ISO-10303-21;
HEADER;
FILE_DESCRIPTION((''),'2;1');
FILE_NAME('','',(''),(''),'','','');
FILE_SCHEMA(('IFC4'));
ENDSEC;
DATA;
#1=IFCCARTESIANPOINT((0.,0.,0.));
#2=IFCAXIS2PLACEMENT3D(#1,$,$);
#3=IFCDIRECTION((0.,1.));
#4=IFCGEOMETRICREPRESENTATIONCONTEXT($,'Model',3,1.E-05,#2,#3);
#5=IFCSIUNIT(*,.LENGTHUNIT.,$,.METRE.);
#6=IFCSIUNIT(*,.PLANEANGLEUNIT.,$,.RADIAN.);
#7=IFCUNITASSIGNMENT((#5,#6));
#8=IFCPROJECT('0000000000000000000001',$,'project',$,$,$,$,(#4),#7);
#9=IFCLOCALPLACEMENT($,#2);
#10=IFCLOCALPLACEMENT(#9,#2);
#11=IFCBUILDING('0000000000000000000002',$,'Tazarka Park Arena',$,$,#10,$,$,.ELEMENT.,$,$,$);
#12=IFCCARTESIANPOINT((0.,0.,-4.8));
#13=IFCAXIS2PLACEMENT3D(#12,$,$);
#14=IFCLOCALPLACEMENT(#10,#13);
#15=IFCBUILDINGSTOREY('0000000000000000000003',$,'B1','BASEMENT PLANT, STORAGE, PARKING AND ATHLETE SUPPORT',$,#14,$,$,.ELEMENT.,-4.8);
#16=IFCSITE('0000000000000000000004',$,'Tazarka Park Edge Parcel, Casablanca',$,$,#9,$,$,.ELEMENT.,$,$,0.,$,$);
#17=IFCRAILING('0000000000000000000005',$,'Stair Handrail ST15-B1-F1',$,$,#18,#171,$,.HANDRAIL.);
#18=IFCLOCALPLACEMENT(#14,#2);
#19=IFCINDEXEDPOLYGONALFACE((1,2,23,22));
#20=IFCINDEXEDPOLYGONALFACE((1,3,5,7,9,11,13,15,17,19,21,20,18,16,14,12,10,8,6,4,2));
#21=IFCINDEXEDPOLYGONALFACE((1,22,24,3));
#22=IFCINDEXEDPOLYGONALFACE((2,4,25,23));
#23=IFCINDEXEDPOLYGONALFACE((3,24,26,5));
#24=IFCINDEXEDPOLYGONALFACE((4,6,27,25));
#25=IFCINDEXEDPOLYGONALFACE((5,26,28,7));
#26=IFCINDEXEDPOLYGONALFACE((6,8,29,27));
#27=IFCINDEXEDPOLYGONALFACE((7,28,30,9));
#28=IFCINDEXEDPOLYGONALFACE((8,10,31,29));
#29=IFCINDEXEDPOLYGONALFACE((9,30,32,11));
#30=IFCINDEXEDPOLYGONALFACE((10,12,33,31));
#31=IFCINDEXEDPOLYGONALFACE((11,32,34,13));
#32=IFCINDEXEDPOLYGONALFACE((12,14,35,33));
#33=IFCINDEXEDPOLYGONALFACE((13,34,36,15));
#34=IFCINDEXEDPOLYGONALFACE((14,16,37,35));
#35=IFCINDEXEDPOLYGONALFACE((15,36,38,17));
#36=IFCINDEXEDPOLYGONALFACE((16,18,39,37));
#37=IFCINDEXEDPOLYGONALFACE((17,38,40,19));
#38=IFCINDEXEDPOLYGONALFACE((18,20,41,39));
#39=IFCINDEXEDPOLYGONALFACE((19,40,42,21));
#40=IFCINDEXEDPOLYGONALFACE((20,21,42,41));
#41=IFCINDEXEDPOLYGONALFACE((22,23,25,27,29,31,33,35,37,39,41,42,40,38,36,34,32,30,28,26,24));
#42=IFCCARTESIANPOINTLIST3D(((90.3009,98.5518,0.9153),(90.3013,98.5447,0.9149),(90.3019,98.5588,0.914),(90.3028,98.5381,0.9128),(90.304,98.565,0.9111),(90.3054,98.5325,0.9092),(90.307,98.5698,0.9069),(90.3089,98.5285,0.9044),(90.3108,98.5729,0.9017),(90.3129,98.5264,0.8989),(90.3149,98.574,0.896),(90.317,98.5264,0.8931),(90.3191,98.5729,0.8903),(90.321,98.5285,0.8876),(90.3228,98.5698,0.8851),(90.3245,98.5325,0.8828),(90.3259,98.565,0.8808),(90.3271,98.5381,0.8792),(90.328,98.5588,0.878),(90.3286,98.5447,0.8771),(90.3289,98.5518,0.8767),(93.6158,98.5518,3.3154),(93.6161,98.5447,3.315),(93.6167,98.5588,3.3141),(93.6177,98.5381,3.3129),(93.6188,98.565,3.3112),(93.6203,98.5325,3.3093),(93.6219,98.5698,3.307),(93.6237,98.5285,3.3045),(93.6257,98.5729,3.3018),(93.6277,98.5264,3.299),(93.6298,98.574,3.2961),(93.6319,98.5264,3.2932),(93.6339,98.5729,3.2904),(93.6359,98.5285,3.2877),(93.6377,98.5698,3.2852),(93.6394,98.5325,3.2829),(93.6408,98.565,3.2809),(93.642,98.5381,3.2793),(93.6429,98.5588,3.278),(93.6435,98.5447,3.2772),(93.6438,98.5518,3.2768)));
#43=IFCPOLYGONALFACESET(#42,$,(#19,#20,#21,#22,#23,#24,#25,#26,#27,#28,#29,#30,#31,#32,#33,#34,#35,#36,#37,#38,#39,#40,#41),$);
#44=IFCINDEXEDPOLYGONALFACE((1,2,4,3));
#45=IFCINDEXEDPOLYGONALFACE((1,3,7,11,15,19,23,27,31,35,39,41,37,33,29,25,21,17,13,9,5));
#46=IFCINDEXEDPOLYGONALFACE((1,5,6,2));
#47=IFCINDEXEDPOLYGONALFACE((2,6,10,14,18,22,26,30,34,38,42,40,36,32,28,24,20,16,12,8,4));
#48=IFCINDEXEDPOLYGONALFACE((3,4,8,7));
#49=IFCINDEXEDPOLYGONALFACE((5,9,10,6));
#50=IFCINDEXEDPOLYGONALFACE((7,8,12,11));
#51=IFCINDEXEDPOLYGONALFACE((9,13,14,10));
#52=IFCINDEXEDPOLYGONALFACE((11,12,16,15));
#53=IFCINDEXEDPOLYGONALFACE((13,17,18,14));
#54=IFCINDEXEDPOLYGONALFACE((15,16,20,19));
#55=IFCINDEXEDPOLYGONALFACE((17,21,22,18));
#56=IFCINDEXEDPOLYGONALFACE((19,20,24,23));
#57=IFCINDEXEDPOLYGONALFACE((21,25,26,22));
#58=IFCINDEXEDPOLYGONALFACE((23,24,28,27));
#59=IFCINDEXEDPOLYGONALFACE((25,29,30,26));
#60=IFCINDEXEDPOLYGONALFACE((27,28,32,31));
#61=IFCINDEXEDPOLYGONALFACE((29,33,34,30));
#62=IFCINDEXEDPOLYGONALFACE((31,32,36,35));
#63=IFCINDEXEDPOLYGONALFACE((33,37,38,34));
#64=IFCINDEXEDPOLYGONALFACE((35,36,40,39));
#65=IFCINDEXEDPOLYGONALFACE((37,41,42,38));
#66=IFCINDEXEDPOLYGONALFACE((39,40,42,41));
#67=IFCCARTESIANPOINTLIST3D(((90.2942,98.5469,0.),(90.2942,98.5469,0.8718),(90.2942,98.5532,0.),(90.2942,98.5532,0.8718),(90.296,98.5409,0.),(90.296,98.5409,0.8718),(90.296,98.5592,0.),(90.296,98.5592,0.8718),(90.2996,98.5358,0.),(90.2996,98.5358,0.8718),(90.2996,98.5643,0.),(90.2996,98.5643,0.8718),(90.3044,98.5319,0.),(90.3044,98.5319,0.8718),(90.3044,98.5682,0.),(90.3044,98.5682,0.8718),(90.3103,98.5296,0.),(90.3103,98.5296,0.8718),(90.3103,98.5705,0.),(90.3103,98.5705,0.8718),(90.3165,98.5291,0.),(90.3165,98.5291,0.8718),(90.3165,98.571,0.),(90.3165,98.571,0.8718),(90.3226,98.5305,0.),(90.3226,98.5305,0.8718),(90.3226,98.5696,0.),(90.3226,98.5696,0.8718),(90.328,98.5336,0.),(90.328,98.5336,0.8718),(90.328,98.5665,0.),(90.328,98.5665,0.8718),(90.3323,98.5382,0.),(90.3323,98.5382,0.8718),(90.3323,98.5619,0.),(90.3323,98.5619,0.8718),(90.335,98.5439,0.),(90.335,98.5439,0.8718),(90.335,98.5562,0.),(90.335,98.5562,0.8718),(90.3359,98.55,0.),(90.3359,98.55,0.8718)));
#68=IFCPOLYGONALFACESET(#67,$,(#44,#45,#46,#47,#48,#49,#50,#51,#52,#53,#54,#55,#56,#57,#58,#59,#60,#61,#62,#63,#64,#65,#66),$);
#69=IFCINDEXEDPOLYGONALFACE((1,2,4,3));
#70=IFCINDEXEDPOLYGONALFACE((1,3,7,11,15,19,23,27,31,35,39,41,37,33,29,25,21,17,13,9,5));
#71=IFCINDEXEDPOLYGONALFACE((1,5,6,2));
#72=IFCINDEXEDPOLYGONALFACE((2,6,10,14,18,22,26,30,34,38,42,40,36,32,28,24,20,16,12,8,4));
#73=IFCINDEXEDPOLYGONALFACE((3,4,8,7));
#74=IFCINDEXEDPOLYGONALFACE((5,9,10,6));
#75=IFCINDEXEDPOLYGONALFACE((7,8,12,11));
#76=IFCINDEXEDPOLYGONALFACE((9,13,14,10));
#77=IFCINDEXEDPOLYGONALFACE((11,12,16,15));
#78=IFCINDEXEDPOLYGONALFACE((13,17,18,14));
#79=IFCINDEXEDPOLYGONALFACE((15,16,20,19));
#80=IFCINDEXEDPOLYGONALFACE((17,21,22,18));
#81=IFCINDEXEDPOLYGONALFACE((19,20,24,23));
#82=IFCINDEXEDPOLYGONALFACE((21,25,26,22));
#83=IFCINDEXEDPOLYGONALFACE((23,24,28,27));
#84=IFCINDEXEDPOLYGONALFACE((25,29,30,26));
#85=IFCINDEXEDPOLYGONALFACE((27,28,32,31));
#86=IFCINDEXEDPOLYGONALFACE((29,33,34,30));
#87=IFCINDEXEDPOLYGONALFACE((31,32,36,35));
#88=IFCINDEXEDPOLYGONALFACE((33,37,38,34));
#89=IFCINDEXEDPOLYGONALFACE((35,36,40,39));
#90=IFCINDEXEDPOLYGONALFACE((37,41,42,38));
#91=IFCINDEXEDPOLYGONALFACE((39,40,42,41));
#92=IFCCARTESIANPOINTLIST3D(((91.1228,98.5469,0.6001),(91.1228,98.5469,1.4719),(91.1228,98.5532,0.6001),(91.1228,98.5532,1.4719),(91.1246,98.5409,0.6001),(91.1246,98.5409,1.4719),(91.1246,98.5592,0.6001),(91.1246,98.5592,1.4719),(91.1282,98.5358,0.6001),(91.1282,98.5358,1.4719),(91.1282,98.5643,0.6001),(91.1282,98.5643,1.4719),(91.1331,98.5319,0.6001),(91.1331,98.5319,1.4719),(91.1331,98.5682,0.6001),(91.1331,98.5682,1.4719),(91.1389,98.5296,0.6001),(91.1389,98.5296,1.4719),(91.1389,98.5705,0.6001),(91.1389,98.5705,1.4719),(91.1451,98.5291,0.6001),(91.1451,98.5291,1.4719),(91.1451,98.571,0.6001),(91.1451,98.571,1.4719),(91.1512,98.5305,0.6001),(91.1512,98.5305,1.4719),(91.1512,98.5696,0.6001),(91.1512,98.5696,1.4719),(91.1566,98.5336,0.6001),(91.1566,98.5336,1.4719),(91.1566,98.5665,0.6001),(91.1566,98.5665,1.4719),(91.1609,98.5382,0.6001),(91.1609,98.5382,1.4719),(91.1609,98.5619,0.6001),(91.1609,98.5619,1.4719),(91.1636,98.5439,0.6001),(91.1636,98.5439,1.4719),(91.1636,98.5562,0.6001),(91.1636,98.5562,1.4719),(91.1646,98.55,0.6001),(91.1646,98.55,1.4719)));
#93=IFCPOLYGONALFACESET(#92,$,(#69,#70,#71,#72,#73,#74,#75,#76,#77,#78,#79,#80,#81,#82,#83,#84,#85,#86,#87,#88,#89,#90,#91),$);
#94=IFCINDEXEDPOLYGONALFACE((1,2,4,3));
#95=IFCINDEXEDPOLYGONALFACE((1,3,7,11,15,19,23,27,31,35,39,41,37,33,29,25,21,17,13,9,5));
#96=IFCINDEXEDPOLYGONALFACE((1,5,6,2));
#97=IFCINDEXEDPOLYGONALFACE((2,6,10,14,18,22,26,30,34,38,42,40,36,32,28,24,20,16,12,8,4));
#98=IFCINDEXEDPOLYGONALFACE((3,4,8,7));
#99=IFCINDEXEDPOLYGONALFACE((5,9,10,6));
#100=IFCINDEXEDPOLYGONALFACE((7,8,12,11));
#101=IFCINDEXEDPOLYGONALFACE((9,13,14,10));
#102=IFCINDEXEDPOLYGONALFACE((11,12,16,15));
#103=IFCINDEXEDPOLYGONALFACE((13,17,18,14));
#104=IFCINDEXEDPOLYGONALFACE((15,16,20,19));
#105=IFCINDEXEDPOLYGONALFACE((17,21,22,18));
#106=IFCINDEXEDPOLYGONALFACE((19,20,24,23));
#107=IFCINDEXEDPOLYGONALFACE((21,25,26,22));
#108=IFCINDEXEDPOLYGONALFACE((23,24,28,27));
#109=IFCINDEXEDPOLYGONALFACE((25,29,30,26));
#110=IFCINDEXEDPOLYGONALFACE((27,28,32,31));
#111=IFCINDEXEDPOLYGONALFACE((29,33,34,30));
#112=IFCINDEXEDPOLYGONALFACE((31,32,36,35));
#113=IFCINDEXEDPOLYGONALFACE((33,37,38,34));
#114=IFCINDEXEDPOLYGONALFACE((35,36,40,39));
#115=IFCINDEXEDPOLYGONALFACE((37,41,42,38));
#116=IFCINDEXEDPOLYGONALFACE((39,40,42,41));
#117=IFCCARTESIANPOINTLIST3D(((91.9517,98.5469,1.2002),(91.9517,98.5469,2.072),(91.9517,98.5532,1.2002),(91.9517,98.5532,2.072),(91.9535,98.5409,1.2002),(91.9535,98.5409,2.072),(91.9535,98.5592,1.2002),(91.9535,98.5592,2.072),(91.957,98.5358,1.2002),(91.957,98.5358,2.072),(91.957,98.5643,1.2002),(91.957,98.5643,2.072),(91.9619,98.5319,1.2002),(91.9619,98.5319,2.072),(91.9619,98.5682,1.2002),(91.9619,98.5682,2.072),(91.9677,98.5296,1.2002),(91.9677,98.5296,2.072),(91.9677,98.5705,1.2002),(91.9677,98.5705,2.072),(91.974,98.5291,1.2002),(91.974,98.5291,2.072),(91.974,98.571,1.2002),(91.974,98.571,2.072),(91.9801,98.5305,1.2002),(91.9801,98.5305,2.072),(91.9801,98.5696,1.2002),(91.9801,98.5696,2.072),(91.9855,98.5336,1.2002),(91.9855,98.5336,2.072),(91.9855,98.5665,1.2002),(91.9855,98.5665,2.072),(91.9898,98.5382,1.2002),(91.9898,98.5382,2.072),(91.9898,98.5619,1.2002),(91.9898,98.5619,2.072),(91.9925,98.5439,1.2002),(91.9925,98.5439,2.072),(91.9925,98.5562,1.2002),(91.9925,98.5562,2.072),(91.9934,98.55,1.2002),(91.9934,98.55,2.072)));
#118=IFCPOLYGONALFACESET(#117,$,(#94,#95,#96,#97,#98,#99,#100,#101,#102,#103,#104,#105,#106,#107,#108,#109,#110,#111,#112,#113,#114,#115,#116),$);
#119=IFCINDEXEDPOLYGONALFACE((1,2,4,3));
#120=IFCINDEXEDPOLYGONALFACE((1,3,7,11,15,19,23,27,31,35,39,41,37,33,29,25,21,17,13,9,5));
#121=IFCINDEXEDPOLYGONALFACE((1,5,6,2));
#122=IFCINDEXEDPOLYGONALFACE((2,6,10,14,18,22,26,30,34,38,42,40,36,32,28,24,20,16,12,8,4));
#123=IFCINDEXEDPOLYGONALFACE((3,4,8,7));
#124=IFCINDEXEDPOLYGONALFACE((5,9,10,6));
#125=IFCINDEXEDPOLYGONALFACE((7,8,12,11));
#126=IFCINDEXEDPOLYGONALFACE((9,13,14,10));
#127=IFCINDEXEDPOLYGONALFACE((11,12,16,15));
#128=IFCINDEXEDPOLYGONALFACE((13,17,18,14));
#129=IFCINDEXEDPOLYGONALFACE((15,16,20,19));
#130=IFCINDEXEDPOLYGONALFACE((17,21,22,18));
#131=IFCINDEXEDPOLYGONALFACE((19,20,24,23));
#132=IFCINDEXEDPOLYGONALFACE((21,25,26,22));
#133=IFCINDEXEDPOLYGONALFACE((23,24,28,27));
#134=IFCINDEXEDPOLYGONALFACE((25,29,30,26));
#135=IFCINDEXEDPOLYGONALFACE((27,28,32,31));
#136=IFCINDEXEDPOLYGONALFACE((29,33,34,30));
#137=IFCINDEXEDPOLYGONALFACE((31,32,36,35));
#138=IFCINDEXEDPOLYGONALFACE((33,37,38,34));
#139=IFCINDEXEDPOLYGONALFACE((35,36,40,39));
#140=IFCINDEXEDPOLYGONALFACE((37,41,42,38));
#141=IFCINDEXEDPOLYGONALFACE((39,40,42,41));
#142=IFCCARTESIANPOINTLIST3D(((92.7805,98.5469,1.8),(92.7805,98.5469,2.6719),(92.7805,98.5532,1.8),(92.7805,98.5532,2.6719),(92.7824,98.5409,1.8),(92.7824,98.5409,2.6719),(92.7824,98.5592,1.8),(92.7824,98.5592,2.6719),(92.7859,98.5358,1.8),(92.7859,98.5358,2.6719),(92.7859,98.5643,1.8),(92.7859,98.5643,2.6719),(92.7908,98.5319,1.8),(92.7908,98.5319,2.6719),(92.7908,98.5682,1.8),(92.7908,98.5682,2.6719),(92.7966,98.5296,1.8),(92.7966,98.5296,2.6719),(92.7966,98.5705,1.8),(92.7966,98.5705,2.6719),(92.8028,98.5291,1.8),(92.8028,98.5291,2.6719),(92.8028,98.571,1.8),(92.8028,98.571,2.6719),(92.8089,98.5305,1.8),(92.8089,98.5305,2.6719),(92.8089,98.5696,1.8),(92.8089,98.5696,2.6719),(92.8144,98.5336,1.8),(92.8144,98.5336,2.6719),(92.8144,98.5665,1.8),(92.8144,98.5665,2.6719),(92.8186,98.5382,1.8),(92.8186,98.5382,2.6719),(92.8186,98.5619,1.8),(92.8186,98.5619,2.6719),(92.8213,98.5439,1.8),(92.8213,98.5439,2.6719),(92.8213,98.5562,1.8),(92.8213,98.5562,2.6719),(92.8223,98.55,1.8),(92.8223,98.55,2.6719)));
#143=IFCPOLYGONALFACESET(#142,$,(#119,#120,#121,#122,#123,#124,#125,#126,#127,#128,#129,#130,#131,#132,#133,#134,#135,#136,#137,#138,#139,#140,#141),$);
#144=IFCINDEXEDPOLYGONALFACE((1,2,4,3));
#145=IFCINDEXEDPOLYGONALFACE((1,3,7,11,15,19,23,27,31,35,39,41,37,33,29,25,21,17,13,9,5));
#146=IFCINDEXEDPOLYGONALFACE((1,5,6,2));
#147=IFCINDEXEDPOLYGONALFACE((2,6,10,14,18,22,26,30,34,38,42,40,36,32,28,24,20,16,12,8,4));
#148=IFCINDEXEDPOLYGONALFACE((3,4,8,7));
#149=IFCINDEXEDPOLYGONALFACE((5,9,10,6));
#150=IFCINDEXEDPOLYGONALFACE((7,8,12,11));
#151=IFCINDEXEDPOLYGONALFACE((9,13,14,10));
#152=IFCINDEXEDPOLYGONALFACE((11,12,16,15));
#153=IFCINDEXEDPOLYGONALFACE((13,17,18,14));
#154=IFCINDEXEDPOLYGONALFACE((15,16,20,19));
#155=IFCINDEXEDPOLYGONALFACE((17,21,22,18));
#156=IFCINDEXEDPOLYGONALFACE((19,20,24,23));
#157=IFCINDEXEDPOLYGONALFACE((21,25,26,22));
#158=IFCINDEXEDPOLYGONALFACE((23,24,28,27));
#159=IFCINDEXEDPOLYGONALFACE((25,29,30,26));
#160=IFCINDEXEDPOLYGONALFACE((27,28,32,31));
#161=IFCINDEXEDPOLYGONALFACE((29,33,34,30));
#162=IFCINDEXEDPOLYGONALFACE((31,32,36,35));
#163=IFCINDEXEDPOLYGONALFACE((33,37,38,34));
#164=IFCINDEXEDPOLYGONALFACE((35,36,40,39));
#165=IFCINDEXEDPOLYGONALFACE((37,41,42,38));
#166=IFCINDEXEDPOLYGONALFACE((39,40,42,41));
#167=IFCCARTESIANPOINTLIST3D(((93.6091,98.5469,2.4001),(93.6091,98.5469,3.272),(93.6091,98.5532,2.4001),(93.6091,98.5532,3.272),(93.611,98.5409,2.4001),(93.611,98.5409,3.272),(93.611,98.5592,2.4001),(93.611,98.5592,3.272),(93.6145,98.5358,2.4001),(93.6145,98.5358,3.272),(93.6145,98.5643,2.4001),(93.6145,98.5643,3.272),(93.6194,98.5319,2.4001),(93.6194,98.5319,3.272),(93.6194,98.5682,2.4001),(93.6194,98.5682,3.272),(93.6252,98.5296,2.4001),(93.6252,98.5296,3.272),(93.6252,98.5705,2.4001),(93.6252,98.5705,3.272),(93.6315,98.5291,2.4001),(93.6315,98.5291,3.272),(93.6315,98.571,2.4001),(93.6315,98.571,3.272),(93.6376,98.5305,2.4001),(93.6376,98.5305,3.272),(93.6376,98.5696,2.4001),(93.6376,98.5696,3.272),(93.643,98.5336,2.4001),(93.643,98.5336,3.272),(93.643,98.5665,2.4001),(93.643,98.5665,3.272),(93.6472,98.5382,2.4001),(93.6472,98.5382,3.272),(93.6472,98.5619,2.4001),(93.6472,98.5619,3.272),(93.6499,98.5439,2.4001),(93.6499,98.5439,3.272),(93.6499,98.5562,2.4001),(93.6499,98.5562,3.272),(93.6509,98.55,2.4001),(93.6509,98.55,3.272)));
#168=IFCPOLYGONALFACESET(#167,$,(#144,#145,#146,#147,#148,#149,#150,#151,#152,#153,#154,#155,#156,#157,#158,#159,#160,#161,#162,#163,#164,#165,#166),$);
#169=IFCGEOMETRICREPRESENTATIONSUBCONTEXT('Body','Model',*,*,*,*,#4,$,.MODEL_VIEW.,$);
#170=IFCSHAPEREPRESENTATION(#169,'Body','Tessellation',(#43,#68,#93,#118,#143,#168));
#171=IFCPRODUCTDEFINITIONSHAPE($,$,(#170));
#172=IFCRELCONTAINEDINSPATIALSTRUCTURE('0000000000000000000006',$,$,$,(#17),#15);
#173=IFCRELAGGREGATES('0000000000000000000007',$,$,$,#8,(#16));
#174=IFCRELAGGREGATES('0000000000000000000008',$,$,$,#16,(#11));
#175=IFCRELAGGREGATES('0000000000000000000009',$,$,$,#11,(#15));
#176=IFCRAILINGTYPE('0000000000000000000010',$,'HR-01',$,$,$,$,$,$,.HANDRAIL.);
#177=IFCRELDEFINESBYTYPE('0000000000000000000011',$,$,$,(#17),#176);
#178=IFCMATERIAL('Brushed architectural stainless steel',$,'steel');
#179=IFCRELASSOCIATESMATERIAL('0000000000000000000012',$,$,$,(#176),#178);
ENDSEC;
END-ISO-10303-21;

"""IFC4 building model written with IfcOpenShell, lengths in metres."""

from ifc_helpers import new_model, si_unit, direction, frame, origin, origin_2d, place, context, subcontext, project, spatial, circle, extrude, material, type_object, element, save


model = new_model("IFC4")

# Units and contexts
model_context = context("Model", 3, precision=1e-05, world=origin(), true_north=direction((0.0, 1.0)))
body_context = subcontext(model_context, "Body", "Model", "MODEL_VIEW")
ifc_project = project(units=[si_unit("LENGTHUNIT", "METRE"), si_unit("PLANEANGLEUNIT", "RADIAN")], contexts=[model_context])

# Site, building, storey
site_placement = place(None, origin())
site = spatial("IfcSite", under=ifc_project, at=site_placement, Name="Tazarka Park Edge Parcel, Casablanca", CompositionType="ELEMENT", RefElevation=0.0)
building_placement = place(site_placement, origin())
building = spatial("IfcBuilding", under=site, at=building_placement, Name="Tazarka Park Arena", CompositionType="ELEMENT")
storey_placement = place(building_placement, frame((0.0, 0.0, -4.8)))
storey = spatial("IfcBuildingStorey", under=building, at=storey_placement, Name="B1", Description="BASEMENT PLANT, STORAGE, PARKING AND ATHLETE SUPPORT", CompositionType="ELEMENT", Elevation=-4.8)

# Railing
ifc_material_1 = material(Name="Brushed architectural stainless steel", Category="steel")
railing_type_1 = type_object("IfcRailingType", Name="HR-01", PredefinedType="HANDRAIL", material=ifc_material_1)
railing_1_placement = place(storey_placement, frame((90.3149, 98.55, 0.0)))
element("IfcRailing", 1, at=railing_1_placement, inside=storey, type_object=railing_type_1, Name="Stair Handrail ST15-B1-F1", PredefinedType="HANDRAIL", context=body_context, shape_type="SweptSolid", body=[
    extrude(circle(Radius=0.0239, at=origin_2d()), frame((0.0, 0.0, 0.896), z_axis=(0.80998, 0.0, 0.586457), x_axis=(0.0, 1.0, 0.0)), (0.0, 0.0, 1.0), 4.0925),
    extrude(circle(Radius=0.021, at=origin_2d()), origin(), (0.0, 0.0, 1.0), 0.8718),
    extrude(circle(Radius=0.021, at=origin_2d()), frame((0.8286, 0.0, 0.6001)), (0.0, 0.0, 1.0), 0.8718),
    extrude(circle(Radius=0.021, at=origin_2d()), frame((1.6575, 0.0, 1.2002)), (0.0, 0.0, 1.0), 0.8718),
    extrude(circle(Radius=0.021, at=origin_2d()), frame((2.4863, 0.0, 1.8)), (0.0, 0.0, 1.0), 0.8718),
    extrude(circle(Radius=0.021, at=origin_2d()), frame((3.3149, 0.0, 2.4001)), (0.0, 0.0, 1.0), 0.8718),
])

save(model, "model.ifc")
